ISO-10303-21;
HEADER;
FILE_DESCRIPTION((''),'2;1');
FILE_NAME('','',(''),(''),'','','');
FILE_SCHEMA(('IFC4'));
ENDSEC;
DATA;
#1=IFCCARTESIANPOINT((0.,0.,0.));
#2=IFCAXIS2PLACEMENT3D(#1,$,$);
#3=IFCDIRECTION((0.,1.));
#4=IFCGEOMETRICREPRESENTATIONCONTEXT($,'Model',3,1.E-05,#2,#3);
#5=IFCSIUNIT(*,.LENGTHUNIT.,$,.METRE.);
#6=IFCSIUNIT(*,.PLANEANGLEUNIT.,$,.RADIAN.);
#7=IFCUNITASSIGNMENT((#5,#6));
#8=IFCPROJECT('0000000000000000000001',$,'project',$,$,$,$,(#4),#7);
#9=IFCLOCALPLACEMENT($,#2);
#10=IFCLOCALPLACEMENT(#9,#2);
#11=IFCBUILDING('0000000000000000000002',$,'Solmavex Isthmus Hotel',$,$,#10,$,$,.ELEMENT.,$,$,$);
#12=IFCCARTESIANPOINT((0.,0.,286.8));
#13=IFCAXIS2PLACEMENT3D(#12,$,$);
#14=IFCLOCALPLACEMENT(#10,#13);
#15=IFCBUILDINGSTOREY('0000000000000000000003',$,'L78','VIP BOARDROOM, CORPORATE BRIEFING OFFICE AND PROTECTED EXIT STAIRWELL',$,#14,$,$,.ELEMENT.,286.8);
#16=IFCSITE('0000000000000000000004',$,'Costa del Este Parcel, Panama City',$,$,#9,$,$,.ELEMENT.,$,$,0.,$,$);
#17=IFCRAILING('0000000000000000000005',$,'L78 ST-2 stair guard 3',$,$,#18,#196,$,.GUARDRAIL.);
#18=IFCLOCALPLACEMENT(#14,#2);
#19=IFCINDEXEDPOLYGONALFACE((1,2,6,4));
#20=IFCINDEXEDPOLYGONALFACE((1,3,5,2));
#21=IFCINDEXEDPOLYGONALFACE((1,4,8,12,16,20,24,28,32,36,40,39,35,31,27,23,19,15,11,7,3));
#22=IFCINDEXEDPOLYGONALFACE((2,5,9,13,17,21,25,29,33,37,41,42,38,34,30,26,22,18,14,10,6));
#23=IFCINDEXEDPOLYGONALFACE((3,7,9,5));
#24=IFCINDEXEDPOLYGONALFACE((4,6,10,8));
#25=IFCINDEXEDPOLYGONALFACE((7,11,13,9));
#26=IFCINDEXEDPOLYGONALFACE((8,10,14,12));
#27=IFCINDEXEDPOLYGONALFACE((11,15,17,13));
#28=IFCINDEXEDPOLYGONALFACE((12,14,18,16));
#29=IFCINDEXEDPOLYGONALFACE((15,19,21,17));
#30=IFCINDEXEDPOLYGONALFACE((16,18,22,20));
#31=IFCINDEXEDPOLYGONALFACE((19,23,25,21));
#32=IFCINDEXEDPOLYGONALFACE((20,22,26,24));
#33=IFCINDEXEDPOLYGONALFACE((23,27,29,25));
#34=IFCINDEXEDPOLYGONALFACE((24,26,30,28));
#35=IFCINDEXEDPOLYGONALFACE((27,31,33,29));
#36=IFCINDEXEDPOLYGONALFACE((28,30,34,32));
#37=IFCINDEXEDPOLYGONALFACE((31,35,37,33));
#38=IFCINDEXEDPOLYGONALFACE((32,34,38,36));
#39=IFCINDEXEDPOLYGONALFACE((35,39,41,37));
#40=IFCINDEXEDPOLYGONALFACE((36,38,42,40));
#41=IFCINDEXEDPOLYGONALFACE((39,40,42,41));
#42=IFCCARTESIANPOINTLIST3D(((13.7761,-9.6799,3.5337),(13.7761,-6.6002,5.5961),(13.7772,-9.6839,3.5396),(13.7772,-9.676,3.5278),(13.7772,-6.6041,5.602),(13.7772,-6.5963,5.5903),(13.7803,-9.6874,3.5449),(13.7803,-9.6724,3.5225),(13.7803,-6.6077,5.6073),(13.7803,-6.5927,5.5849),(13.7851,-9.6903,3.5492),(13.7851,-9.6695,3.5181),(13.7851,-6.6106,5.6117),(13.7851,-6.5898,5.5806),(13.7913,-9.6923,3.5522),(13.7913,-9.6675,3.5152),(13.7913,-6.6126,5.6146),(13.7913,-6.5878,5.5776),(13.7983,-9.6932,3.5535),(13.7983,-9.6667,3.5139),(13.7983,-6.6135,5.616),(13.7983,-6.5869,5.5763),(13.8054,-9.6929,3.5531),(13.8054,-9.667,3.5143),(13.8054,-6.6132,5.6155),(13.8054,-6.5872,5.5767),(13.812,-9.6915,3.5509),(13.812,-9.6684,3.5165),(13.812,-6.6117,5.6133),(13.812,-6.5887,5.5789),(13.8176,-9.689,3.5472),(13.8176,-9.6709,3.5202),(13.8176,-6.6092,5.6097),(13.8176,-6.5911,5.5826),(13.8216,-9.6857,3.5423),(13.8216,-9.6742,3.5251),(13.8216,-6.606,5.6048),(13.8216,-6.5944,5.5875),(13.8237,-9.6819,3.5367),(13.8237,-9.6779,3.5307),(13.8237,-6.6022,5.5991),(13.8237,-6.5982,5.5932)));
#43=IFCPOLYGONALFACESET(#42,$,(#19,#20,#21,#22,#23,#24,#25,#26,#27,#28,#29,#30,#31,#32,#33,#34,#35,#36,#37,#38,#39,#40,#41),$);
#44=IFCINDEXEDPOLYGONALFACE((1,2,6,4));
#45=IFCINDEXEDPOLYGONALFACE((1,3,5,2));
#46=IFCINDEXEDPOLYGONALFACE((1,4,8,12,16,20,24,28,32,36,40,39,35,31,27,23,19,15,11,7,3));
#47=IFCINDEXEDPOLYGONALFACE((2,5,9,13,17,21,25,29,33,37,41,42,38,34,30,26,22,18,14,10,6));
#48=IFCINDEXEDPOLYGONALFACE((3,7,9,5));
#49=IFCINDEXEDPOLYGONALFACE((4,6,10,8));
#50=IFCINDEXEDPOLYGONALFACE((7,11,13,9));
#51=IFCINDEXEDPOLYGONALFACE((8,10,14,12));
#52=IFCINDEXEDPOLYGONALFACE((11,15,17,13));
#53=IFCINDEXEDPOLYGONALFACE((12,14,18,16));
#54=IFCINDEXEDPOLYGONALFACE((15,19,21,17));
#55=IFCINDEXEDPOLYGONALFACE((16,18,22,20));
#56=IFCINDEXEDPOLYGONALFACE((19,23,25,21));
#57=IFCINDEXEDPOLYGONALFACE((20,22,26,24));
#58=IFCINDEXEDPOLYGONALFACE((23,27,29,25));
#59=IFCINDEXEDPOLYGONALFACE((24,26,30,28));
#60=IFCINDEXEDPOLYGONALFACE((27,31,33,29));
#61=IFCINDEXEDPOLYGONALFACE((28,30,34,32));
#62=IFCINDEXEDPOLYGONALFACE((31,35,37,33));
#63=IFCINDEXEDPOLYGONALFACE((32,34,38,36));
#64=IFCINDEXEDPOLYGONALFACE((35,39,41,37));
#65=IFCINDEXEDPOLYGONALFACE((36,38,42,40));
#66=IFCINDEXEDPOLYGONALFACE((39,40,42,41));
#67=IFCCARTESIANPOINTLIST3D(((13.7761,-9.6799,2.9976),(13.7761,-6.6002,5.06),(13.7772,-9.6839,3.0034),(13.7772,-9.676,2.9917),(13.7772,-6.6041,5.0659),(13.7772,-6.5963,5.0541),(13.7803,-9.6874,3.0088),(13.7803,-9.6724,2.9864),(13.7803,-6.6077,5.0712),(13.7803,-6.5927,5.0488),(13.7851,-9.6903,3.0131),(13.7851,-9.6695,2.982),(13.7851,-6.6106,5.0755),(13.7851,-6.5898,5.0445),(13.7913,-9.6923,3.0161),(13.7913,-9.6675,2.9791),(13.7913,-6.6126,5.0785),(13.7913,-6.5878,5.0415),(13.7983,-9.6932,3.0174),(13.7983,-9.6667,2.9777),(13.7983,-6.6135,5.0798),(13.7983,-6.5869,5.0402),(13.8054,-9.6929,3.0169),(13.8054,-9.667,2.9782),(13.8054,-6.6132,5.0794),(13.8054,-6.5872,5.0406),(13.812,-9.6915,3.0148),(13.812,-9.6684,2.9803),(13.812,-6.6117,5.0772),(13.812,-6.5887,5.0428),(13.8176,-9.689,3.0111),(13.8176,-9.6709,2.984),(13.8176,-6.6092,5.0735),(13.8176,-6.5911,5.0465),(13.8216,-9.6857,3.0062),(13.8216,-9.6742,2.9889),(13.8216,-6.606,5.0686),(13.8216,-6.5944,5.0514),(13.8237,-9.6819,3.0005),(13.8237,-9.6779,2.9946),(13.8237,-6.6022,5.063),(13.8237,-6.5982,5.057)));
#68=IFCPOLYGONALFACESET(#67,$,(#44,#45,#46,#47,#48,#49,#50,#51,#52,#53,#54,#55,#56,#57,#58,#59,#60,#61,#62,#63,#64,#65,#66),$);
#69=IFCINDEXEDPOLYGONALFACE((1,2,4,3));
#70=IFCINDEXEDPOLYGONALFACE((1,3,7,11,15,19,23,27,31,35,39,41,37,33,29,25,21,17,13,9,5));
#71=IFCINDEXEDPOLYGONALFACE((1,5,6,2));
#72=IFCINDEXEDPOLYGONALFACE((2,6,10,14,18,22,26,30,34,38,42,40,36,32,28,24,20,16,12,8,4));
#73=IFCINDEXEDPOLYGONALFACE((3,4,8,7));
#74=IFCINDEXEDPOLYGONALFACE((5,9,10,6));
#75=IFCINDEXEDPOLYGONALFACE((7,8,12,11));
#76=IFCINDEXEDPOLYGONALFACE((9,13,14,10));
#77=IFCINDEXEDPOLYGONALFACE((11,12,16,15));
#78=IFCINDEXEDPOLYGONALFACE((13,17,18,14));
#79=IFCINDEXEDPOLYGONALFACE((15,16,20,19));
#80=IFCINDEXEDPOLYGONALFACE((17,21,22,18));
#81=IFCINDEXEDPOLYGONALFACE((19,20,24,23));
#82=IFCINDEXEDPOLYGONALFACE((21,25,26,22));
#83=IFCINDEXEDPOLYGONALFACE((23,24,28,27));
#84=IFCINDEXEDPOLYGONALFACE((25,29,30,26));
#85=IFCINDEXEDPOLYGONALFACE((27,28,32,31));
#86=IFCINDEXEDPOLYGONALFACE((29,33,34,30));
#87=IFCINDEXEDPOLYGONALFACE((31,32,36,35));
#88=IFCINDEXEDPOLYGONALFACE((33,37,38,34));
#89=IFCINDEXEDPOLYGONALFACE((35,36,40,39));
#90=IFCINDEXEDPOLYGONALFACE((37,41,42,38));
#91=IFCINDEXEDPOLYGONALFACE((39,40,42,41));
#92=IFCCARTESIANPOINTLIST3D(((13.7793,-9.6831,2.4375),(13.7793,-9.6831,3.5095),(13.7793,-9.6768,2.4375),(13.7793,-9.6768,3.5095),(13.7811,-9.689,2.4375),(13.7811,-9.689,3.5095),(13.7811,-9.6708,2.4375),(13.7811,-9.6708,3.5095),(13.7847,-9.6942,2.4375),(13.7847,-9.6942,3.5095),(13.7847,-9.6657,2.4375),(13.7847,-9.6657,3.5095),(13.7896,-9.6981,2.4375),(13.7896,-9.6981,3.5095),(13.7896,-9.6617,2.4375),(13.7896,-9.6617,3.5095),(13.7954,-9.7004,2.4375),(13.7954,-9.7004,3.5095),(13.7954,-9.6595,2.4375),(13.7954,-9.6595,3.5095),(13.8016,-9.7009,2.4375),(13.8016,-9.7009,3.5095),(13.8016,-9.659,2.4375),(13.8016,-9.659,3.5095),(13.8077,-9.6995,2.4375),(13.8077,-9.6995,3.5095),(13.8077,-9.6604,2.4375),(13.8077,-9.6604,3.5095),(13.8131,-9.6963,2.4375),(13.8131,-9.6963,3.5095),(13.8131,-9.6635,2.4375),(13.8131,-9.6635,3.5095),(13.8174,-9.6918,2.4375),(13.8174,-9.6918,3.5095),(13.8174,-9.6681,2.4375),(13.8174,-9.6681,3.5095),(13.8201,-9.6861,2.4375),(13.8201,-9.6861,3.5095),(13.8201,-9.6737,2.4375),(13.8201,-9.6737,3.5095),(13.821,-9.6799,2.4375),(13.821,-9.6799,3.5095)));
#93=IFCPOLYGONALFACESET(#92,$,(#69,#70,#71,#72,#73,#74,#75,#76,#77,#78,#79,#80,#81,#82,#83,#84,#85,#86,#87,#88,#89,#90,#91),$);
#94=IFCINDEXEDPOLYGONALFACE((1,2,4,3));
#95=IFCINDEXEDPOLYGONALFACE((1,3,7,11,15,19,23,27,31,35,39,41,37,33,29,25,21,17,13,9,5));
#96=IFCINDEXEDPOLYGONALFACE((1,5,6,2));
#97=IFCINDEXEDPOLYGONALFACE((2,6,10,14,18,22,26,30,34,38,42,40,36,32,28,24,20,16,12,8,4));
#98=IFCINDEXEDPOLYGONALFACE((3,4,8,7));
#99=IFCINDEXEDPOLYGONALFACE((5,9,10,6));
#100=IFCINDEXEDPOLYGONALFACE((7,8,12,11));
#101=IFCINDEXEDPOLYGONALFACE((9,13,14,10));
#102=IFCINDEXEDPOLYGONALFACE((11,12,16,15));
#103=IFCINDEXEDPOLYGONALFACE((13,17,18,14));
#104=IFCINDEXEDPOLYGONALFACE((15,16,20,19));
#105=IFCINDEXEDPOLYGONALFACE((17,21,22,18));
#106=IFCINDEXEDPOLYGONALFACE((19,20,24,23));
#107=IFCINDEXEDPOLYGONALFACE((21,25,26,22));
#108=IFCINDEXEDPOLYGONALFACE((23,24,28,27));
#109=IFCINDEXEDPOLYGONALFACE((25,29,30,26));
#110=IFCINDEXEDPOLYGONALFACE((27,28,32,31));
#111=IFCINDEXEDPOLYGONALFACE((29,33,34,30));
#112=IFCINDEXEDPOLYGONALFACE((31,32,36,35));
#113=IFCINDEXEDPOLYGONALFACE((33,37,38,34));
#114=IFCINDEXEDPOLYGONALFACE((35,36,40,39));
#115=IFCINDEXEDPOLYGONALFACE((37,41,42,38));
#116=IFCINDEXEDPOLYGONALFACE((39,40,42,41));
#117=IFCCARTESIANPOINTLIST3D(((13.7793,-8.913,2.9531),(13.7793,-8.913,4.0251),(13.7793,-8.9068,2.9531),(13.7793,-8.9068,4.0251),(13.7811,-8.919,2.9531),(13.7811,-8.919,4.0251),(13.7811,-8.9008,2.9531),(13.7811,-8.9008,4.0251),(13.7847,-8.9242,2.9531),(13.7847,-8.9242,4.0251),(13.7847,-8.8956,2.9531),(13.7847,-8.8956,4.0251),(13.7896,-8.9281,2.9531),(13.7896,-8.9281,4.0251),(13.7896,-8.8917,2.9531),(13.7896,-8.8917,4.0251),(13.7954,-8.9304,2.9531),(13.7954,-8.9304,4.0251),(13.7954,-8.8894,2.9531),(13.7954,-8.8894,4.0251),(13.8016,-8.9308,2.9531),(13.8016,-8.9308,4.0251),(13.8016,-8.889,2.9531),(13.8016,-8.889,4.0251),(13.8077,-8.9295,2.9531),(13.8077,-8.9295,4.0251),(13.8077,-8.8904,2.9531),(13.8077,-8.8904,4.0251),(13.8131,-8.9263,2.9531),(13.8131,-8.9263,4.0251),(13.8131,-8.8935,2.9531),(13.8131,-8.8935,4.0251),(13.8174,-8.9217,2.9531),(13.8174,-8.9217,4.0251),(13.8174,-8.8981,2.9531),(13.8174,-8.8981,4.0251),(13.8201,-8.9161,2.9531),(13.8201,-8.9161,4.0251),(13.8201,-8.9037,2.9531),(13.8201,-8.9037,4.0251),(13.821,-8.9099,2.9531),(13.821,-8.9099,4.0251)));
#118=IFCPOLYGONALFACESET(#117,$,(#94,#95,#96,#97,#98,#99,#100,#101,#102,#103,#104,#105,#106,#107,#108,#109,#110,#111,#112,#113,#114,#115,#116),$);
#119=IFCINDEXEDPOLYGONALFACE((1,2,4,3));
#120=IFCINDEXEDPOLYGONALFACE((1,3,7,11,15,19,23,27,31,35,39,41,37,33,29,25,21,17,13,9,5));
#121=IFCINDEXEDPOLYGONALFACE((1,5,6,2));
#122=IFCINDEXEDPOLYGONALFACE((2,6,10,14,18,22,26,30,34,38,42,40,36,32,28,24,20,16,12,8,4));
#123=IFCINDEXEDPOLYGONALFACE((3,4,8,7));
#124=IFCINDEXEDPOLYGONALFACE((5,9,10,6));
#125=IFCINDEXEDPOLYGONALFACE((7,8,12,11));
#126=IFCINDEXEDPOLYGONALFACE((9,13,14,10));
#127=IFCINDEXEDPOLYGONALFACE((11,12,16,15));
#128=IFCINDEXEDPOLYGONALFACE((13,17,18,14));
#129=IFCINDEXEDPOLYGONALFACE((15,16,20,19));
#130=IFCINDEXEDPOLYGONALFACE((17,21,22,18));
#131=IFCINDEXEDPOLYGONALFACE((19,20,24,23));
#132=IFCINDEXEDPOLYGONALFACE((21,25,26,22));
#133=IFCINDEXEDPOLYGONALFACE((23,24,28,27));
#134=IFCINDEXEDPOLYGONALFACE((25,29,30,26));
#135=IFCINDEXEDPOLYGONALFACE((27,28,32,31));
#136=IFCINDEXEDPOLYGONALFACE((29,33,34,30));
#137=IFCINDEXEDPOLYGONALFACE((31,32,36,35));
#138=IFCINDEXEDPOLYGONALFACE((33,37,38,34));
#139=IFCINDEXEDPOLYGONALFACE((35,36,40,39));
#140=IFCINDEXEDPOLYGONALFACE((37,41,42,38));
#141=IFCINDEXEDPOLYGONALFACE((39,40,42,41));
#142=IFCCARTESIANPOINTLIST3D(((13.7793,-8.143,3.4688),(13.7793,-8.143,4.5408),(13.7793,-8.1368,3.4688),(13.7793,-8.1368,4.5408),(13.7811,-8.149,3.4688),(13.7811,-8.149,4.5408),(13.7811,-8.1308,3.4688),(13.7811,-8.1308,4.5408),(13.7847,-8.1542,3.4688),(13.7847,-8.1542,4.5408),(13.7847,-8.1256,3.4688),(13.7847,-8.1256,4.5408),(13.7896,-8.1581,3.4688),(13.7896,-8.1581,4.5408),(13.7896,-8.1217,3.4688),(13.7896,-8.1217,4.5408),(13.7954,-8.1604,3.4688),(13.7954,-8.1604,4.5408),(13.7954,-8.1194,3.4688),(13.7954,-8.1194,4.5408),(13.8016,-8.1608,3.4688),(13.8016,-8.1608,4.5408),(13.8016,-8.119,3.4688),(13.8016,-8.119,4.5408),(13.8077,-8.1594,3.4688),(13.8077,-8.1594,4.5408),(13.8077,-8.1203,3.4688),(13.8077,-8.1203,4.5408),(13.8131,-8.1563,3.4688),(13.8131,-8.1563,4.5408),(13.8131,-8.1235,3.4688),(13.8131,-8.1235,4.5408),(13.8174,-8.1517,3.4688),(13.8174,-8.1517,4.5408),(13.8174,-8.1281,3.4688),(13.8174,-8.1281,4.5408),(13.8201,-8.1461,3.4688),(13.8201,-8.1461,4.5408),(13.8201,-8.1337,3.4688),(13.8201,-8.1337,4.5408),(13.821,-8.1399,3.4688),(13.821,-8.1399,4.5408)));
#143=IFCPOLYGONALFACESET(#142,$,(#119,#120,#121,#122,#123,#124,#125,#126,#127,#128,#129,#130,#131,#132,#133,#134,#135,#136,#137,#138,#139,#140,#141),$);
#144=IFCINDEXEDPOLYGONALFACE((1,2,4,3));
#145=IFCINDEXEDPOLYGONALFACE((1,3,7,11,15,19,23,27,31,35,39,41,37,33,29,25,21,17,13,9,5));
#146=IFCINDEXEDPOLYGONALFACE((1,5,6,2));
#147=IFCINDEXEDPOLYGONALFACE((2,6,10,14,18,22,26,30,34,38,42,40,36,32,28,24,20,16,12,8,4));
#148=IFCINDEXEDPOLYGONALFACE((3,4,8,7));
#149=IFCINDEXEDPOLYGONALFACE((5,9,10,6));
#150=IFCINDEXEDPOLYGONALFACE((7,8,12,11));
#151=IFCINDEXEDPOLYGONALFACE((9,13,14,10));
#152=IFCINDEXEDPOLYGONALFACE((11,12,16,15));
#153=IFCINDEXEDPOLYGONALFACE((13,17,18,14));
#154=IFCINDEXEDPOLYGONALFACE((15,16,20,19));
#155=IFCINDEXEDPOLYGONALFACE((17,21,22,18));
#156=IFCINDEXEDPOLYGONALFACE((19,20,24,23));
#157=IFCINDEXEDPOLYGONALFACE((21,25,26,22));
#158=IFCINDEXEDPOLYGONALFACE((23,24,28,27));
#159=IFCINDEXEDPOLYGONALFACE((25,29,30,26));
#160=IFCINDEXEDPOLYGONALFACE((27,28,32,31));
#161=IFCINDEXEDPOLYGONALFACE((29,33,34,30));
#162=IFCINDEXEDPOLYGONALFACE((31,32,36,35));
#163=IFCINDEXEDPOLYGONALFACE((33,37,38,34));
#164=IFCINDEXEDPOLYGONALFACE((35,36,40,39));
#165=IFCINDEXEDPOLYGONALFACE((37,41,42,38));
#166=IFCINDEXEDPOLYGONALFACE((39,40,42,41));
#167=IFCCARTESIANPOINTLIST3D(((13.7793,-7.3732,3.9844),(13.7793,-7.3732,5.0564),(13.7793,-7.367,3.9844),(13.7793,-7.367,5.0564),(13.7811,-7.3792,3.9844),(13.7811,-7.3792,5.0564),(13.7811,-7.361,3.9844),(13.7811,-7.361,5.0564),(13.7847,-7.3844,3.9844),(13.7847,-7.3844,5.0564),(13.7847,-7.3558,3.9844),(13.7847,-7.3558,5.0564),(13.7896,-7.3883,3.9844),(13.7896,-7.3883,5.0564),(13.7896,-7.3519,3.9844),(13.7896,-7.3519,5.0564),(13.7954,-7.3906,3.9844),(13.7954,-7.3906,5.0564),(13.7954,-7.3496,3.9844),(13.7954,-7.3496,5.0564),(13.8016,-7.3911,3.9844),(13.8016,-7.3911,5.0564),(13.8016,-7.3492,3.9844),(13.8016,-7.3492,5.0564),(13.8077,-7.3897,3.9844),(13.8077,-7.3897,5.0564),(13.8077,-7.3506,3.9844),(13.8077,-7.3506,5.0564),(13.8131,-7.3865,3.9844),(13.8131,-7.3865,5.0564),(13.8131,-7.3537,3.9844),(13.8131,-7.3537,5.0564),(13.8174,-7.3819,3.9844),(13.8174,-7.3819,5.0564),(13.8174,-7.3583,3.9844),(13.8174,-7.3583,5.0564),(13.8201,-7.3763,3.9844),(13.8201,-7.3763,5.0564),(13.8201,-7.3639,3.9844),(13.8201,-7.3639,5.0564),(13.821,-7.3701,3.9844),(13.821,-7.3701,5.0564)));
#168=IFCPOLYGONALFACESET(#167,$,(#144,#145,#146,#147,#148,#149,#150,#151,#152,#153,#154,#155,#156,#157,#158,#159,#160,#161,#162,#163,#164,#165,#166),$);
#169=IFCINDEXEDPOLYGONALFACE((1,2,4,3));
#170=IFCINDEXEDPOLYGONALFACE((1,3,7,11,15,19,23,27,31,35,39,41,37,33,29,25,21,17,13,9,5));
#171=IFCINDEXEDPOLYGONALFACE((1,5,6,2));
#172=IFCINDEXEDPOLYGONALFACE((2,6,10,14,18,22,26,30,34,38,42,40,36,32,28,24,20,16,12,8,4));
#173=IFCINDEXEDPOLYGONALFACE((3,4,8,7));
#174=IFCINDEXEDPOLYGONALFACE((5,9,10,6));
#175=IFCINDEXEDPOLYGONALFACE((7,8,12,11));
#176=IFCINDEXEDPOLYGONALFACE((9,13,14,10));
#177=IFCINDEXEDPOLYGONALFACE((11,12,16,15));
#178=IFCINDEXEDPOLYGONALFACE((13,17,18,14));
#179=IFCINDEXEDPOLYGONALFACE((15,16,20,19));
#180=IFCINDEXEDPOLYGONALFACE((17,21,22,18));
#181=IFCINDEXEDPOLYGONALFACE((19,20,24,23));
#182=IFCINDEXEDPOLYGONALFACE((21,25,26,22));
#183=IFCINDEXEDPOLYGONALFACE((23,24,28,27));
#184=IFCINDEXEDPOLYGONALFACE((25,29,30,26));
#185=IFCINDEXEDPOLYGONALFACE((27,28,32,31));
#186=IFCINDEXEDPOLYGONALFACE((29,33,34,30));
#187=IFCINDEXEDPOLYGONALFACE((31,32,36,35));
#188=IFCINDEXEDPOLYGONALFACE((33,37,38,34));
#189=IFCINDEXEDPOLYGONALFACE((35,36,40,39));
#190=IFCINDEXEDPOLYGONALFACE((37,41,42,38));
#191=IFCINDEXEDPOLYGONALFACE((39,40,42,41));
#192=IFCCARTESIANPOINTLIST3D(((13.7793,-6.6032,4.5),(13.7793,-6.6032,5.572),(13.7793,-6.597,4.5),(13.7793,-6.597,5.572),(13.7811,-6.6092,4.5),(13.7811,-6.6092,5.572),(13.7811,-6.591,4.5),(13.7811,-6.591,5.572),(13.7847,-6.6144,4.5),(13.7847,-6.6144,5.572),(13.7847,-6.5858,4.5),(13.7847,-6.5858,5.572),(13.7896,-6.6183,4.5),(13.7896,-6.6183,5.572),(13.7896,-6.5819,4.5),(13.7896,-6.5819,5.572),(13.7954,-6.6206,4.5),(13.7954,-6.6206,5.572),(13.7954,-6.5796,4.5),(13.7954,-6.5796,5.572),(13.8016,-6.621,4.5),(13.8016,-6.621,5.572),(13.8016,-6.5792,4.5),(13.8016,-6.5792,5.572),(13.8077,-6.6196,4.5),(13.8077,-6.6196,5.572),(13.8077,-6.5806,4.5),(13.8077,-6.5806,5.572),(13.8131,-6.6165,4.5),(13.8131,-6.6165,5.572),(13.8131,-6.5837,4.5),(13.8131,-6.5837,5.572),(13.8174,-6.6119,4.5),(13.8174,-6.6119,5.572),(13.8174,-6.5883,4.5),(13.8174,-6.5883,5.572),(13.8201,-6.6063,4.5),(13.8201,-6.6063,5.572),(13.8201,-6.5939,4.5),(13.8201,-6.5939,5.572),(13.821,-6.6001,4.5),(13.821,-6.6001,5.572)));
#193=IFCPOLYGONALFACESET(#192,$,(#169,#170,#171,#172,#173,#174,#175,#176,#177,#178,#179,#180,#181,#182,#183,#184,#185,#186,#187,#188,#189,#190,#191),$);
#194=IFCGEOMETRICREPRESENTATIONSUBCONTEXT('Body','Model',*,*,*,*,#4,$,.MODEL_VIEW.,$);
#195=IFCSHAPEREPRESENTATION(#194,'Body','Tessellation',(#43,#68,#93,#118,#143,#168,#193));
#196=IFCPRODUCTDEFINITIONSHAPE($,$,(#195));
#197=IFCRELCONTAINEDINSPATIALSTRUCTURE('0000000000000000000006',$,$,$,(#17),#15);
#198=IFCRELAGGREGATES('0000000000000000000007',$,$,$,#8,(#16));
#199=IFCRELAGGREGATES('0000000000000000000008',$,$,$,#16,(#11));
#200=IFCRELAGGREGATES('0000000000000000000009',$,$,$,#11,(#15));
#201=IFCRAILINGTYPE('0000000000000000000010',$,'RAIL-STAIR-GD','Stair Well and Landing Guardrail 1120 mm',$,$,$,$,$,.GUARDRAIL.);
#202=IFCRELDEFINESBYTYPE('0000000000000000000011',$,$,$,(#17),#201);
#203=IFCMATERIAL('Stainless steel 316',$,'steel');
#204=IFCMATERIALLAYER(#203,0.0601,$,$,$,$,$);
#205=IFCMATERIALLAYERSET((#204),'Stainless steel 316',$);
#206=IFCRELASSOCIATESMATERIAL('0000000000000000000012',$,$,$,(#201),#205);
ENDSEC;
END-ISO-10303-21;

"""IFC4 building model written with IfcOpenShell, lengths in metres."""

from ifc_helpers import new_model, si_unit, direction, frame, origin, origin_2d, place, context, subcontext, project, spatial, circle, extrude, material, layer, layer_set, type_object, element, save


model = new_model("IFC4")

# Units and contexts
model_context = context("Model", 3, precision=1e-05, world=origin(), true_north=direction((0.0, 1.0)))
body_context = subcontext(model_context, "Body", "Model", "MODEL_VIEW")
ifc_project = project(units=[si_unit("LENGTHUNIT", "METRE"), si_unit("PLANEANGLEUNIT", "RADIAN")], contexts=[model_context])

# Site, building, storey
site_placement = place(None, origin())
site = spatial("IfcSite", under=ifc_project, at=site_placement, Name="Costa del Este Parcel, Panama City", CompositionType="ELEMENT", RefElevation=0.0)
building_placement = place(site_placement, origin())
building = spatial("IfcBuilding", under=site, at=building_placement, Name="Solmavex Isthmus Hotel", CompositionType="ELEMENT")
storey_placement = place(building_placement, frame((0.0, 0.0, 286.8)))
storey = spatial("IfcBuildingStorey", under=building, at=storey_placement, Name="L78", Description="VIP BOARDROOM, CORPORATE BRIEFING OFFICE AND PROTECTED EXIT STAIRWELL", CompositionType="ELEMENT", Elevation=286.8)

# Railing
ifc_material_1 = material(Name="Stainless steel 316", Category="steel")
ifc_layer_1 = layer(ifc_material_1, 0.0601)
ifc_layer_set_1 = layer_set([ifc_layer_1], Name="Stainless steel 316")
railing_type_1 = type_object("IfcRailingType", Name="RAIL-STAIR-GD", Description="Stair Well and Landing Guardrail 1120 mm", PredefinedType="GUARDRAIL", material=ifc_layer_set_1)
railing_1_placement = place(storey_placement, frame((13.8, -9.6799, 2.4375)))
element("IfcRailing", 1, at=railing_1_placement, inside=storey, type_object=railing_type_1, Name="L78 ST-2 stair guard 3", PredefinedType="GUARDRAIL", context=body_context, shape_type="SweptSolid", body=[
    extrude(circle(Radius=0.0239, at=origin_2d()), frame((0.0, 0.0, 1.0962), z_axis=(0.0, 0.830893, 0.556432), x_axis=(-1.0, 0.0, 0.0)), (0.0, 0.0, 1.0), 3.7065),
    extrude(circle(Radius=0.0239, at=origin_2d()), frame((0.0, 0.0, 0.5601), z_axis=(0.0, 0.830893, 0.556432), x_axis=(-1.0, 0.0, 0.0)), (0.0, 0.0, 1.0), 3.7065),
    extrude(circle(Radius=0.021, at=origin_2d()), origin(), (0.0, 0.0, 1.0), 1.072),
    extrude(circle(Radius=0.021, at=origin_2d()), frame((0.0, 0.77, 0.5156)), (0.0, 0.0, 1.0), 1.072),
    extrude(circle(Radius=0.021, at=origin_2d()), frame((0.0, 1.54, 1.0312)), (0.0, 0.0, 1.0), 1.072),
    extrude(circle(Radius=0.021, at=origin_2d()), frame((0.0, 2.3098, 1.5469)), (0.0, 0.0, 1.0), 1.072),
    extrude(circle(Radius=0.021, at=origin_2d()), frame((0.0, 3.0798, 2.0625)), (0.0, 0.0, 1.0), 1.072),
])

save(model, "model.ifc")
